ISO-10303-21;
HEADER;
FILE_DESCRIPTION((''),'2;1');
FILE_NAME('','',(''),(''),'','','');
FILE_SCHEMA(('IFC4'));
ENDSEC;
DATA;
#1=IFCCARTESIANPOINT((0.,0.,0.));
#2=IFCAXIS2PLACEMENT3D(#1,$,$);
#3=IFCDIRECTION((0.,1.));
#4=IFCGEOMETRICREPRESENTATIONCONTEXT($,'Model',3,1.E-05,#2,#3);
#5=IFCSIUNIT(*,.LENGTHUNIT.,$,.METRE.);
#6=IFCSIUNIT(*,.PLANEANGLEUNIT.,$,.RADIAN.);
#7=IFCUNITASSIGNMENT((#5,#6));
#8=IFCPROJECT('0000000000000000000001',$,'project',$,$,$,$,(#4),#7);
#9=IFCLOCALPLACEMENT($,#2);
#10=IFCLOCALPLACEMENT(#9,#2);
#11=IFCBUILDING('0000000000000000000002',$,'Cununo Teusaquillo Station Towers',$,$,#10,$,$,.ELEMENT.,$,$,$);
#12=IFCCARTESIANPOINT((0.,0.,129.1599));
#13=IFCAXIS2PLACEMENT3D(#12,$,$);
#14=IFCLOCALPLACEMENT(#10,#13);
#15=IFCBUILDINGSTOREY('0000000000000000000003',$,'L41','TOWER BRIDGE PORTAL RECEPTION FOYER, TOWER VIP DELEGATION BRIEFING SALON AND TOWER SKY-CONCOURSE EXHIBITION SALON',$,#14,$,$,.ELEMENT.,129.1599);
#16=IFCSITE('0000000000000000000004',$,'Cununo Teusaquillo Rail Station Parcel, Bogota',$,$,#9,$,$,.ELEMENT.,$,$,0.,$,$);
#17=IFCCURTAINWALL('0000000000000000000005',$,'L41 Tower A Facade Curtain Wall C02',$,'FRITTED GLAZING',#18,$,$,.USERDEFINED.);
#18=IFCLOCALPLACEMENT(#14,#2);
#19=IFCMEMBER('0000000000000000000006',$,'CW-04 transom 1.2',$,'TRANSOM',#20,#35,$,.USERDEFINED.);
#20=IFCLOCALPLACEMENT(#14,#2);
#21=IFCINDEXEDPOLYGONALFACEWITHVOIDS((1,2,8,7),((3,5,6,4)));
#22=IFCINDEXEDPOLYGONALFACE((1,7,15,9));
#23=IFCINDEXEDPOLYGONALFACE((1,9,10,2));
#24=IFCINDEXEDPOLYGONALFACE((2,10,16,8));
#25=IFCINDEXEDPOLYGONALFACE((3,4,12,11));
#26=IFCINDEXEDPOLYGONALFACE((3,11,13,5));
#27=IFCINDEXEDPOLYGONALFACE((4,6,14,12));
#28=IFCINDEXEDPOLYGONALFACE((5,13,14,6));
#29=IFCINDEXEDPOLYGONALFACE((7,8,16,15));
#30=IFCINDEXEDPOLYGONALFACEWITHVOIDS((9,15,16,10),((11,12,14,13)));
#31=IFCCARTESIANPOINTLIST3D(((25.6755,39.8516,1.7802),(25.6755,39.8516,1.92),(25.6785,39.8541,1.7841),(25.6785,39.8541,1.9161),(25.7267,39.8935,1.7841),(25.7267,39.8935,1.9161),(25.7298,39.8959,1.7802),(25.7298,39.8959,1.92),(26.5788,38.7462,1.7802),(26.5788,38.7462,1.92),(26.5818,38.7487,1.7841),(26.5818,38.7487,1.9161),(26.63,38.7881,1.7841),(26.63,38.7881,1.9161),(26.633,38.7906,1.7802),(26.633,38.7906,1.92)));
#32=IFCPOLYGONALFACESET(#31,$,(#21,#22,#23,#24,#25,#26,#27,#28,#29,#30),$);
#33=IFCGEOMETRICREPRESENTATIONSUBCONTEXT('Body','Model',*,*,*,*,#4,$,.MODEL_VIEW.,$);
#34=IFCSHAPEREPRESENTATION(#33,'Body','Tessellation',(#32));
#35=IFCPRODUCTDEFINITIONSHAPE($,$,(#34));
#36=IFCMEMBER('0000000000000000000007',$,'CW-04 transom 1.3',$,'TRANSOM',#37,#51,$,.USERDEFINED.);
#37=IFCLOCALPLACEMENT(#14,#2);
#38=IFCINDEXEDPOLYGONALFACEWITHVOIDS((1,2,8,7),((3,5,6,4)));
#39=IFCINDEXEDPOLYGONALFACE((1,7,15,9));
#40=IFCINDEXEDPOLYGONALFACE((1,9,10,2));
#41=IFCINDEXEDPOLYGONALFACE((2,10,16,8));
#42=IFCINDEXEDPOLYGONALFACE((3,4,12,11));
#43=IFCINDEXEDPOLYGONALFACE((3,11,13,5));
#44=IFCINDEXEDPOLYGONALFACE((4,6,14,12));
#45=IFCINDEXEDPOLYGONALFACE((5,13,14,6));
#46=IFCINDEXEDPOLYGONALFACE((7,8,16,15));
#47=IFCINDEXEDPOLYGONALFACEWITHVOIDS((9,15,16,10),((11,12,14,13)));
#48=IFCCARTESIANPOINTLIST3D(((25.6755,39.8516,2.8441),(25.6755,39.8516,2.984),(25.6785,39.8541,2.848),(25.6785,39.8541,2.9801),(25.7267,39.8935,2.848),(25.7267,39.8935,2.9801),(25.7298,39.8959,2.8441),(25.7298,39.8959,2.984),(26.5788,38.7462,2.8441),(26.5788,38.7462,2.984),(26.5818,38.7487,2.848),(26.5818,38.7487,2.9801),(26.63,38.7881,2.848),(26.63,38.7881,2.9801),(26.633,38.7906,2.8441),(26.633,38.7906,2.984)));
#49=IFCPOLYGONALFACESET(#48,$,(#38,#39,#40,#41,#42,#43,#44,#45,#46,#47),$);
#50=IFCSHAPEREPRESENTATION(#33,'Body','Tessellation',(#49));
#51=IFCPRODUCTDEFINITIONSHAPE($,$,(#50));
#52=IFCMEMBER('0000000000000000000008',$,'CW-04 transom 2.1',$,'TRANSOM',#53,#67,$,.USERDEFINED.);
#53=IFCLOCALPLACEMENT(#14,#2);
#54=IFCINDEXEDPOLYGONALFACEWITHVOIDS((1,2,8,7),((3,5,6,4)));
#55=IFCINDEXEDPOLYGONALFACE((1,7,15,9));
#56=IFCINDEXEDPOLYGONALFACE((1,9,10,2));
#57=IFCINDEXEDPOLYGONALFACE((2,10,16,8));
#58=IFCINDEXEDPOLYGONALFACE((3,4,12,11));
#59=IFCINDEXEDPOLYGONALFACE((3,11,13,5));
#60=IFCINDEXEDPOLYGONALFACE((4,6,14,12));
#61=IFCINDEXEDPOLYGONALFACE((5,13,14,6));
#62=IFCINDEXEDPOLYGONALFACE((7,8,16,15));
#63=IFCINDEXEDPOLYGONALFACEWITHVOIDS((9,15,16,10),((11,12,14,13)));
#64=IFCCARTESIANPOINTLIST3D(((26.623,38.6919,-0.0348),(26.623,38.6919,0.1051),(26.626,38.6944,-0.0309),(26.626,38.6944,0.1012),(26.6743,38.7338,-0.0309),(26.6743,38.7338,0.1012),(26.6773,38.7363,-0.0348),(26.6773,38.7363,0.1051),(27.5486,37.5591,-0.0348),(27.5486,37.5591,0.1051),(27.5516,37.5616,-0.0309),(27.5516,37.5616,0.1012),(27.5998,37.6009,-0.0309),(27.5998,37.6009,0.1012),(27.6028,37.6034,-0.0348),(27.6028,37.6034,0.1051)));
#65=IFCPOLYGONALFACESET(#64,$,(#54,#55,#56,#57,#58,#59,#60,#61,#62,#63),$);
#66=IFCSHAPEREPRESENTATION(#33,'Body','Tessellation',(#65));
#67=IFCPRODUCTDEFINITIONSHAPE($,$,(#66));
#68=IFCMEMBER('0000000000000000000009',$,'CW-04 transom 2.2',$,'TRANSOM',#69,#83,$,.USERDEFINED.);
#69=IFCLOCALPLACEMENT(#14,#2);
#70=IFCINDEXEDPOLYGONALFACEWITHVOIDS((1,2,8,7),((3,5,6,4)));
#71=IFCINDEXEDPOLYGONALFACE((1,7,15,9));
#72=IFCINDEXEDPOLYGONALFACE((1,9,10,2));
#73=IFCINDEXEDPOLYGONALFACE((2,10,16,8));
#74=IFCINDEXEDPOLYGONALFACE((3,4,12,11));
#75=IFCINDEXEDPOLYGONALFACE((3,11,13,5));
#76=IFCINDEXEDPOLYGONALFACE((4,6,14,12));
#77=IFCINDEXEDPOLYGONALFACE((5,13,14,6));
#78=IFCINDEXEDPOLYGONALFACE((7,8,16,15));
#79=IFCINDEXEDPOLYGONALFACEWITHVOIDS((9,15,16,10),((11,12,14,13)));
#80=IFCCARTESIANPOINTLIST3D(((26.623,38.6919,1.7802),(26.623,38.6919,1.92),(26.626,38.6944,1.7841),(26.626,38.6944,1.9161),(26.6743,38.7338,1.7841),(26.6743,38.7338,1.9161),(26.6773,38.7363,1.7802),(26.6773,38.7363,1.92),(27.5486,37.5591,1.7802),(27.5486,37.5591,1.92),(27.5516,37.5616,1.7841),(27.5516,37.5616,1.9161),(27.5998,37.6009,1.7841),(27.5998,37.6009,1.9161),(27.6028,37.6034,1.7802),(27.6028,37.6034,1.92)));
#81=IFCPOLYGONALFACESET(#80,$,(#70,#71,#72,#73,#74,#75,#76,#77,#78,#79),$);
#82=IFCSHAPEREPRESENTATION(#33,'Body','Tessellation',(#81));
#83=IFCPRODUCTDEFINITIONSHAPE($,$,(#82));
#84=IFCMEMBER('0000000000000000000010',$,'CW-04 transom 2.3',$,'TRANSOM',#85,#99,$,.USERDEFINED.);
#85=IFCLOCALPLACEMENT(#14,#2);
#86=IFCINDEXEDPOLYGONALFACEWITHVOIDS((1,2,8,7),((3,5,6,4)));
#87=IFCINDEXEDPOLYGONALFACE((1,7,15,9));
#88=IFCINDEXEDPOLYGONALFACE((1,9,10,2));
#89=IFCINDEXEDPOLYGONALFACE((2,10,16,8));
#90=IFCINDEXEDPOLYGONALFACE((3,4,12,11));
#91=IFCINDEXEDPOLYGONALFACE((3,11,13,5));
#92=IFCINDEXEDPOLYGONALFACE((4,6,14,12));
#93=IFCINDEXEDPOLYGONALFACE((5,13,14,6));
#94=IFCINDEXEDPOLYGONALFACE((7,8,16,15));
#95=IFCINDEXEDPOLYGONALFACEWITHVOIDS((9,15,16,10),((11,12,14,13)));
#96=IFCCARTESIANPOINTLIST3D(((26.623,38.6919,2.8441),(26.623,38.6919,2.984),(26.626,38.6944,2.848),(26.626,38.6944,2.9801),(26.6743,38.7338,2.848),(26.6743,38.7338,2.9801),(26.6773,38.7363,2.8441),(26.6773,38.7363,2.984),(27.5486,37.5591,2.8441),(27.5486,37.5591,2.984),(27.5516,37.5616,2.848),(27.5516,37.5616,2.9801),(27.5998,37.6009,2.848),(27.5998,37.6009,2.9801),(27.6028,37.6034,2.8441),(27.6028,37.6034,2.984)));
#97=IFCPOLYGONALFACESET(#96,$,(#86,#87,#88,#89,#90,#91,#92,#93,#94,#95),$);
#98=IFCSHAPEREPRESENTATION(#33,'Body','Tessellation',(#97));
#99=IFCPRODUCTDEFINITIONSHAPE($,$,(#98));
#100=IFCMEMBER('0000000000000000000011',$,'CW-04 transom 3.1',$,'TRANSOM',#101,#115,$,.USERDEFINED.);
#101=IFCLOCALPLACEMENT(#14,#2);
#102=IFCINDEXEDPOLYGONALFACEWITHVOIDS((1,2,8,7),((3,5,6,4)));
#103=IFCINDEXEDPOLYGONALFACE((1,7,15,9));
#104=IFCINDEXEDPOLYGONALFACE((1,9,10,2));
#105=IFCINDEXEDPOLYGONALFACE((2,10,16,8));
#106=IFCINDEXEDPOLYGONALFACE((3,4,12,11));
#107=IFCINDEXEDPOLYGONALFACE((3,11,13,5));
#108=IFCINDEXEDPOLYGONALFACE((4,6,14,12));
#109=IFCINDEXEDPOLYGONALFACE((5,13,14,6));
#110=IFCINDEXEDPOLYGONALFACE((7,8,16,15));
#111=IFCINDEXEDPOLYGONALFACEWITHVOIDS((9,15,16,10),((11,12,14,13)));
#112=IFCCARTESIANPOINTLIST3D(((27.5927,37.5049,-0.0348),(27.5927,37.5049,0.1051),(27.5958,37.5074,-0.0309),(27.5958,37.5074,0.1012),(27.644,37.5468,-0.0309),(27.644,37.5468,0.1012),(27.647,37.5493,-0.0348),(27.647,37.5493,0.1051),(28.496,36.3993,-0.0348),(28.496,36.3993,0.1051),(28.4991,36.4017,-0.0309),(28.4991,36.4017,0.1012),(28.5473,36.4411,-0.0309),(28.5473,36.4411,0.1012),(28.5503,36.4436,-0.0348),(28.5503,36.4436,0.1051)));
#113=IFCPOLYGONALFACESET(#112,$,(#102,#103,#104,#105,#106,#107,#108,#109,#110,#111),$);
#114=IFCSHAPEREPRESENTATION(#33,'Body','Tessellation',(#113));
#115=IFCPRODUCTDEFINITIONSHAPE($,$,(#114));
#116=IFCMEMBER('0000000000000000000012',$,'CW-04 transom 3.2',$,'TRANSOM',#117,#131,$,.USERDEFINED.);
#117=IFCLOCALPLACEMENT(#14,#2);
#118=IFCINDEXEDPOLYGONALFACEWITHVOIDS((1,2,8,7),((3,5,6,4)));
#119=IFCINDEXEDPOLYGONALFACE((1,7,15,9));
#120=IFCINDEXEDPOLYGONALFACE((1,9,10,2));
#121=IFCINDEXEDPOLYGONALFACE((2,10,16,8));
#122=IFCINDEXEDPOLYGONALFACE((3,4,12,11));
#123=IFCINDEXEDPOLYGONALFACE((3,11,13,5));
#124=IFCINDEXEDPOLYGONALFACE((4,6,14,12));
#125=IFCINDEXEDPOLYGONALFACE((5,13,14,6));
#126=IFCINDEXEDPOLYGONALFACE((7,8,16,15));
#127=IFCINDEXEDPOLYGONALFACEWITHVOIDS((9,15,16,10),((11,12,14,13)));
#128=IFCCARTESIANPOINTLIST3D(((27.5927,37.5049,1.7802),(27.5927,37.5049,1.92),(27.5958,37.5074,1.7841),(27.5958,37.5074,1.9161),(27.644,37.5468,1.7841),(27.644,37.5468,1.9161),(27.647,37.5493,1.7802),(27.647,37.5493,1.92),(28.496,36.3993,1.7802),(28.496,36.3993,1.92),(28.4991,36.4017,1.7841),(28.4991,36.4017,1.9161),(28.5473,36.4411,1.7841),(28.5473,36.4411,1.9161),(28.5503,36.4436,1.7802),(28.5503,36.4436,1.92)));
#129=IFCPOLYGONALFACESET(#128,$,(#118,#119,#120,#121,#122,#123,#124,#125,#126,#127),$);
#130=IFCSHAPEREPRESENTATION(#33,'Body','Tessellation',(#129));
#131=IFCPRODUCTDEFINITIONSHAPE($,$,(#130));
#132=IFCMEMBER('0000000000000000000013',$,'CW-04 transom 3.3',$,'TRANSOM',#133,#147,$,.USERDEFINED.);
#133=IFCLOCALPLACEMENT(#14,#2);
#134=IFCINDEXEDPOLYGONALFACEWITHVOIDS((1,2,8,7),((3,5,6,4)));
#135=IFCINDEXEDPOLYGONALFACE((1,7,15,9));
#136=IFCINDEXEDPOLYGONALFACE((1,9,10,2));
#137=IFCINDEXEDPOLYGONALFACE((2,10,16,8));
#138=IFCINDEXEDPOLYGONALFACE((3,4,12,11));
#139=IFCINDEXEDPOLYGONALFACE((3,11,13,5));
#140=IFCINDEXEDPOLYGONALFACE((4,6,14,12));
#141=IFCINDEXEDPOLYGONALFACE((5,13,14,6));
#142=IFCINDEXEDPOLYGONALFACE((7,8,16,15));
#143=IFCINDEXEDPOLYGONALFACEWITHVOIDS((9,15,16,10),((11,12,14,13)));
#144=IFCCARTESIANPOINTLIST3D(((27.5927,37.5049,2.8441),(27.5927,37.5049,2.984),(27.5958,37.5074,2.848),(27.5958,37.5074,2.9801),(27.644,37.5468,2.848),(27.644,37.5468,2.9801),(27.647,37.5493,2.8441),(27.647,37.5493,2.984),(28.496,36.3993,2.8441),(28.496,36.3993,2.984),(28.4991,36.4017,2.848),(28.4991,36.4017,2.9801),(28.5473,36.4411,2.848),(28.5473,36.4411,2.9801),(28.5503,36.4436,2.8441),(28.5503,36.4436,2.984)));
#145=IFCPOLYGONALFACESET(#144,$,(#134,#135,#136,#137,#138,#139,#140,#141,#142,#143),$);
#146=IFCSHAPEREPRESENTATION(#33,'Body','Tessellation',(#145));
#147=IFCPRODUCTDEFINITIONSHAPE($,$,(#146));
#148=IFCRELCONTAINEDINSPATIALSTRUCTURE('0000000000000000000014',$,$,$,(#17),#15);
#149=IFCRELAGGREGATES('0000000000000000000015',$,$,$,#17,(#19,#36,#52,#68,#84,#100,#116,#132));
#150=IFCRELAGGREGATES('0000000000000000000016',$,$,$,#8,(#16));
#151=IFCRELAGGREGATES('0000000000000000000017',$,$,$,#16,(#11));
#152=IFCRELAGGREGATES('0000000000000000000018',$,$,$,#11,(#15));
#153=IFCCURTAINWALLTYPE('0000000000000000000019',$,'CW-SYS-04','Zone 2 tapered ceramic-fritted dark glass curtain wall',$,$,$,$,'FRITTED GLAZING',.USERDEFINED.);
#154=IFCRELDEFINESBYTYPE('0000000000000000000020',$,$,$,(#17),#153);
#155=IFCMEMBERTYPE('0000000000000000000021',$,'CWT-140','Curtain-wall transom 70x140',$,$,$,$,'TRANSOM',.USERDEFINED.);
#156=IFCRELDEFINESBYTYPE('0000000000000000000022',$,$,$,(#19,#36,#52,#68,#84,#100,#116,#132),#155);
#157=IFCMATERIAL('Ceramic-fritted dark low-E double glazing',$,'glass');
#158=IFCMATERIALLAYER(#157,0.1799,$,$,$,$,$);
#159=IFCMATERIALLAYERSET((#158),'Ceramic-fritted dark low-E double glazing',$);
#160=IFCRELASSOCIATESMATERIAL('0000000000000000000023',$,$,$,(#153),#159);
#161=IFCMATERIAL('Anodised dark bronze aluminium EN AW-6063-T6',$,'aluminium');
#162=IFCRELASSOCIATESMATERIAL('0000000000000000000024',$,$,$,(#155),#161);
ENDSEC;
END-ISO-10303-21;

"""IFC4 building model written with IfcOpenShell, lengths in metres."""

from ifc_helpers import new_model, si_unit, direction, frame, origin, origin_2d, place, context, subcontext, project, spatial, hollow_rectangle, extrude, material, layer, layer_set, material_profile, profile_set, type_object, element, aggregate, save


model = new_model("IFC4")

# Units and contexts
model_context = context("Model", 3, precision=1e-05, world=origin(), true_north=direction((0.0, 1.0)))
body_context = subcontext(model_context, "Body", "Model", "MODEL_VIEW")
ifc_project = project(units=[si_unit("LENGTHUNIT", "METRE"), si_unit("PLANEANGLEUNIT", "RADIAN")], contexts=[model_context])

# Site, building, storey
site_placement = place(None, origin())
site = spatial("IfcSite", under=ifc_project, at=site_placement, Name="Cununo Teusaquillo Rail Station Parcel, Bogota", CompositionType="ELEMENT", RefElevation=0.0)
building_placement = place(site_placement, origin())
building = spatial("IfcBuilding", under=site, at=building_placement, Name="Cununo Teusaquillo Station Towers", CompositionType="ELEMENT")
storey_placement = place(building_placement, frame((0.0, 0.0, 129.1599)))
storey = spatial("IfcBuildingStorey", under=building, at=storey_placement, Name="L41", Description="TOWER BRIDGE PORTAL RECEPTION FOYER, TOWER VIP DELEGATION BRIEFING SALON AND TOWER SKY-CONCOURSE EXHIBITION SALON", CompositionType="ELEMENT", Elevation=129.1599)

# Curtain wall, members
ifc_material_1 = material(Name="Ceramic-fritted dark low-E double glazing", Category="glass")
ifc_layer_1 = layer(ifc_material_1, 0.1799)
ifc_layer_set_1 = layer_set([ifc_layer_1], Name="Ceramic-fritted dark low-E double glazing")
curtain_wall_type = type_object("IfcCurtainWallType", Name="CW-SYS-04", Description="Zone 2 tapered ceramic-fritted dark glass curtain wall", ElementType="FRITTED GLAZING", PredefinedType="USERDEFINED", material=ifc_layer_set_1)
curtain_wall_placement = place(storey_placement, origin())
curtain_wall = element("IfcCurtainWall", 1, at=curtain_wall_placement, inside=storey, type_object=curtain_wall_type, Name="L41 Tower A Facade Curtain Wall C02", ObjectType="FRITTED GLAZING", PredefinedType="USERDEFINED")
ifc_material_2 = material(Name="Anodised dark bronze aluminium EN AW-6063-T6", Category="aluminium")
ifc_material_profile_1 = material_profile(ifc_material_2, hollow_rectangle(XDim=0.0701, YDim=0.1399, WallThickness=0.0039, at=origin_2d()), Name="CW-TRAN-70x140")
ifc_profile_set_1 = profile_set([ifc_material_profile_1], Name="Anodised dark bronze aluminium EN AW-6063-T6")
member_type_1 = type_object("IfcMemberType", Name="CWT-140", Description="Curtain-wall transom 70x140", ElementType="TRANSOM", PredefinedType="USERDEFINED", material=ifc_profile_set_1)
member_1_placement = place(storey_placement, frame((25.7026, 39.8738, 1.8501), z_axis=(0.632753, -0.774353, 0.0), x_axis=(0.774353, 0.632753, 0.0)))
member_1 = element("IfcMember", 2, at=member_1_placement, type_object=member_type_1, Name="CW-04 transom 1.2", ObjectType="TRANSOM", PredefinedType="USERDEFINED", context=body_context, shape_type="SweptSolid", body=[
    extrude(hollow_rectangle(XDim=0.0701, YDim=0.1399, WallThickness=0.0039, at=origin_2d()), origin(), (0.0, 0.0, 1.0), 1.4275),
])
member_2_placement = place(storey_placement, frame((25.7026, 39.8738, 2.9141), z_axis=(0.632753, -0.774353, 0.0), x_axis=(0.774353, 0.632753, 0.0)))
member_2 = element("IfcMember", 3, at=member_2_placement, type_object=member_type_1, Name="CW-04 transom 1.3", ObjectType="TRANSOM", PredefinedType="USERDEFINED", context=body_context, shape_type="SweptSolid", body=[
    extrude(hollow_rectangle(XDim=0.0701, YDim=0.1399, WallThickness=0.0039, at=origin_2d()), origin(), (0.0, 0.0, 1.0), 1.4275),
])
member_3_placement = place(storey_placement, frame((26.6501, 38.7141, 0.0352), z_axis=(0.632701, -0.774396, 0.0), x_axis=(0.774396, 0.632701, 0.0)))
member_3 = element("IfcMember", 4, at=member_3_placement, type_object=member_type_1, Name="CW-04 transom 2.1", ObjectType="TRANSOM", PredefinedType="USERDEFINED", context=body_context, shape_type="SweptSolid", body=[
    extrude(hollow_rectangle(XDim=0.0701, YDim=0.1399, WallThickness=0.0039, at=origin_2d()), origin(), (0.0, 0.0, 1.0), 1.4629),
])
member_4_placement = place(storey_placement, frame((26.6501, 38.7141, 1.8501), z_axis=(0.632701, -0.774396, 0.0), x_axis=(0.774396, 0.632701, 0.0)))
member_4 = element("IfcMember", 5, at=member_4_placement, type_object=member_type_1, Name="CW-04 transom 2.2", ObjectType="TRANSOM", PredefinedType="USERDEFINED", context=body_context, shape_type="SweptSolid", body=[
    extrude(hollow_rectangle(XDim=0.0701, YDim=0.1399, WallThickness=0.0039, at=origin_2d()), origin(), (0.0, 0.0, 1.0), 1.4629),
])
member_5_placement = place(storey_placement, frame((26.6501, 38.7141, 2.9141), z_axis=(0.632701, -0.774396, 0.0), x_axis=(0.774396, 0.632701, 0.0)))
member_5 = element("IfcMember", 6, at=member_5_placement, type_object=member_type_1, Name="CW-04 transom 2.3", ObjectType="TRANSOM", PredefinedType="USERDEFINED", context=body_context, shape_type="SweptSolid", body=[
    extrude(hollow_rectangle(XDim=0.0701, YDim=0.1399, WallThickness=0.0039, at=origin_2d()), origin(), (0.0, 0.0, 1.0), 1.4629),
])
member_6_placement = place(storey_placement, frame((27.6199, 37.5271, 0.0352), z_axis=(0.63267, -0.774422, 0.0), x_axis=(0.774422, 0.63267, 0.0)))
member_6 = element("IfcMember", 7, at=member_6_placement, type_object=member_type_1, Name="CW-04 transom 3.1", ObjectType="TRANSOM", PredefinedType="USERDEFINED", context=body_context, shape_type="SweptSolid", body=[
    extrude(hollow_rectangle(XDim=0.0701, YDim=0.1399, WallThickness=0.0039, at=origin_2d()), origin(), (0.0, 0.0, 1.0), 1.4277),
])
member_7_placement = place(storey_placement, frame((27.6199, 37.5271, 1.8501), z_axis=(0.63267, -0.774422, 0.0), x_axis=(0.774422, 0.63267, 0.0)))
member_7 = element("IfcMember", 8, at=member_7_placement, type_object=member_type_1, Name="CW-04 transom 3.2", ObjectType="TRANSOM", PredefinedType="USERDEFINED", context=body_context, shape_type="SweptSolid", body=[
    extrude(hollow_rectangle(XDim=0.0701, YDim=0.1399, WallThickness=0.0039, at=origin_2d()), origin(), (0.0, 0.0, 1.0), 1.4277),
])
member_8_placement = place(storey_placement, frame((27.6199, 37.5271, 2.9141), z_axis=(0.63267, -0.774422, 0.0), x_axis=(0.774422, 0.63267, 0.0)))
member_8 = element("IfcMember", 9, at=member_8_placement, type_object=member_type_1, Name="CW-04 transom 3.3", ObjectType="TRANSOM", PredefinedType="USERDEFINED", context=body_context, shape_type="SweptSolid", body=[
    extrude(hollow_rectangle(XDim=0.0701, YDim=0.1399, WallThickness=0.0039, at=origin_2d()), origin(), (0.0, 0.0, 1.0), 1.4277),
])

aggregate(curtain_wall, [member_1, member_2, member_3, member_4, member_5, member_6, member_7, member_8])

save(model, "model.ifc")
